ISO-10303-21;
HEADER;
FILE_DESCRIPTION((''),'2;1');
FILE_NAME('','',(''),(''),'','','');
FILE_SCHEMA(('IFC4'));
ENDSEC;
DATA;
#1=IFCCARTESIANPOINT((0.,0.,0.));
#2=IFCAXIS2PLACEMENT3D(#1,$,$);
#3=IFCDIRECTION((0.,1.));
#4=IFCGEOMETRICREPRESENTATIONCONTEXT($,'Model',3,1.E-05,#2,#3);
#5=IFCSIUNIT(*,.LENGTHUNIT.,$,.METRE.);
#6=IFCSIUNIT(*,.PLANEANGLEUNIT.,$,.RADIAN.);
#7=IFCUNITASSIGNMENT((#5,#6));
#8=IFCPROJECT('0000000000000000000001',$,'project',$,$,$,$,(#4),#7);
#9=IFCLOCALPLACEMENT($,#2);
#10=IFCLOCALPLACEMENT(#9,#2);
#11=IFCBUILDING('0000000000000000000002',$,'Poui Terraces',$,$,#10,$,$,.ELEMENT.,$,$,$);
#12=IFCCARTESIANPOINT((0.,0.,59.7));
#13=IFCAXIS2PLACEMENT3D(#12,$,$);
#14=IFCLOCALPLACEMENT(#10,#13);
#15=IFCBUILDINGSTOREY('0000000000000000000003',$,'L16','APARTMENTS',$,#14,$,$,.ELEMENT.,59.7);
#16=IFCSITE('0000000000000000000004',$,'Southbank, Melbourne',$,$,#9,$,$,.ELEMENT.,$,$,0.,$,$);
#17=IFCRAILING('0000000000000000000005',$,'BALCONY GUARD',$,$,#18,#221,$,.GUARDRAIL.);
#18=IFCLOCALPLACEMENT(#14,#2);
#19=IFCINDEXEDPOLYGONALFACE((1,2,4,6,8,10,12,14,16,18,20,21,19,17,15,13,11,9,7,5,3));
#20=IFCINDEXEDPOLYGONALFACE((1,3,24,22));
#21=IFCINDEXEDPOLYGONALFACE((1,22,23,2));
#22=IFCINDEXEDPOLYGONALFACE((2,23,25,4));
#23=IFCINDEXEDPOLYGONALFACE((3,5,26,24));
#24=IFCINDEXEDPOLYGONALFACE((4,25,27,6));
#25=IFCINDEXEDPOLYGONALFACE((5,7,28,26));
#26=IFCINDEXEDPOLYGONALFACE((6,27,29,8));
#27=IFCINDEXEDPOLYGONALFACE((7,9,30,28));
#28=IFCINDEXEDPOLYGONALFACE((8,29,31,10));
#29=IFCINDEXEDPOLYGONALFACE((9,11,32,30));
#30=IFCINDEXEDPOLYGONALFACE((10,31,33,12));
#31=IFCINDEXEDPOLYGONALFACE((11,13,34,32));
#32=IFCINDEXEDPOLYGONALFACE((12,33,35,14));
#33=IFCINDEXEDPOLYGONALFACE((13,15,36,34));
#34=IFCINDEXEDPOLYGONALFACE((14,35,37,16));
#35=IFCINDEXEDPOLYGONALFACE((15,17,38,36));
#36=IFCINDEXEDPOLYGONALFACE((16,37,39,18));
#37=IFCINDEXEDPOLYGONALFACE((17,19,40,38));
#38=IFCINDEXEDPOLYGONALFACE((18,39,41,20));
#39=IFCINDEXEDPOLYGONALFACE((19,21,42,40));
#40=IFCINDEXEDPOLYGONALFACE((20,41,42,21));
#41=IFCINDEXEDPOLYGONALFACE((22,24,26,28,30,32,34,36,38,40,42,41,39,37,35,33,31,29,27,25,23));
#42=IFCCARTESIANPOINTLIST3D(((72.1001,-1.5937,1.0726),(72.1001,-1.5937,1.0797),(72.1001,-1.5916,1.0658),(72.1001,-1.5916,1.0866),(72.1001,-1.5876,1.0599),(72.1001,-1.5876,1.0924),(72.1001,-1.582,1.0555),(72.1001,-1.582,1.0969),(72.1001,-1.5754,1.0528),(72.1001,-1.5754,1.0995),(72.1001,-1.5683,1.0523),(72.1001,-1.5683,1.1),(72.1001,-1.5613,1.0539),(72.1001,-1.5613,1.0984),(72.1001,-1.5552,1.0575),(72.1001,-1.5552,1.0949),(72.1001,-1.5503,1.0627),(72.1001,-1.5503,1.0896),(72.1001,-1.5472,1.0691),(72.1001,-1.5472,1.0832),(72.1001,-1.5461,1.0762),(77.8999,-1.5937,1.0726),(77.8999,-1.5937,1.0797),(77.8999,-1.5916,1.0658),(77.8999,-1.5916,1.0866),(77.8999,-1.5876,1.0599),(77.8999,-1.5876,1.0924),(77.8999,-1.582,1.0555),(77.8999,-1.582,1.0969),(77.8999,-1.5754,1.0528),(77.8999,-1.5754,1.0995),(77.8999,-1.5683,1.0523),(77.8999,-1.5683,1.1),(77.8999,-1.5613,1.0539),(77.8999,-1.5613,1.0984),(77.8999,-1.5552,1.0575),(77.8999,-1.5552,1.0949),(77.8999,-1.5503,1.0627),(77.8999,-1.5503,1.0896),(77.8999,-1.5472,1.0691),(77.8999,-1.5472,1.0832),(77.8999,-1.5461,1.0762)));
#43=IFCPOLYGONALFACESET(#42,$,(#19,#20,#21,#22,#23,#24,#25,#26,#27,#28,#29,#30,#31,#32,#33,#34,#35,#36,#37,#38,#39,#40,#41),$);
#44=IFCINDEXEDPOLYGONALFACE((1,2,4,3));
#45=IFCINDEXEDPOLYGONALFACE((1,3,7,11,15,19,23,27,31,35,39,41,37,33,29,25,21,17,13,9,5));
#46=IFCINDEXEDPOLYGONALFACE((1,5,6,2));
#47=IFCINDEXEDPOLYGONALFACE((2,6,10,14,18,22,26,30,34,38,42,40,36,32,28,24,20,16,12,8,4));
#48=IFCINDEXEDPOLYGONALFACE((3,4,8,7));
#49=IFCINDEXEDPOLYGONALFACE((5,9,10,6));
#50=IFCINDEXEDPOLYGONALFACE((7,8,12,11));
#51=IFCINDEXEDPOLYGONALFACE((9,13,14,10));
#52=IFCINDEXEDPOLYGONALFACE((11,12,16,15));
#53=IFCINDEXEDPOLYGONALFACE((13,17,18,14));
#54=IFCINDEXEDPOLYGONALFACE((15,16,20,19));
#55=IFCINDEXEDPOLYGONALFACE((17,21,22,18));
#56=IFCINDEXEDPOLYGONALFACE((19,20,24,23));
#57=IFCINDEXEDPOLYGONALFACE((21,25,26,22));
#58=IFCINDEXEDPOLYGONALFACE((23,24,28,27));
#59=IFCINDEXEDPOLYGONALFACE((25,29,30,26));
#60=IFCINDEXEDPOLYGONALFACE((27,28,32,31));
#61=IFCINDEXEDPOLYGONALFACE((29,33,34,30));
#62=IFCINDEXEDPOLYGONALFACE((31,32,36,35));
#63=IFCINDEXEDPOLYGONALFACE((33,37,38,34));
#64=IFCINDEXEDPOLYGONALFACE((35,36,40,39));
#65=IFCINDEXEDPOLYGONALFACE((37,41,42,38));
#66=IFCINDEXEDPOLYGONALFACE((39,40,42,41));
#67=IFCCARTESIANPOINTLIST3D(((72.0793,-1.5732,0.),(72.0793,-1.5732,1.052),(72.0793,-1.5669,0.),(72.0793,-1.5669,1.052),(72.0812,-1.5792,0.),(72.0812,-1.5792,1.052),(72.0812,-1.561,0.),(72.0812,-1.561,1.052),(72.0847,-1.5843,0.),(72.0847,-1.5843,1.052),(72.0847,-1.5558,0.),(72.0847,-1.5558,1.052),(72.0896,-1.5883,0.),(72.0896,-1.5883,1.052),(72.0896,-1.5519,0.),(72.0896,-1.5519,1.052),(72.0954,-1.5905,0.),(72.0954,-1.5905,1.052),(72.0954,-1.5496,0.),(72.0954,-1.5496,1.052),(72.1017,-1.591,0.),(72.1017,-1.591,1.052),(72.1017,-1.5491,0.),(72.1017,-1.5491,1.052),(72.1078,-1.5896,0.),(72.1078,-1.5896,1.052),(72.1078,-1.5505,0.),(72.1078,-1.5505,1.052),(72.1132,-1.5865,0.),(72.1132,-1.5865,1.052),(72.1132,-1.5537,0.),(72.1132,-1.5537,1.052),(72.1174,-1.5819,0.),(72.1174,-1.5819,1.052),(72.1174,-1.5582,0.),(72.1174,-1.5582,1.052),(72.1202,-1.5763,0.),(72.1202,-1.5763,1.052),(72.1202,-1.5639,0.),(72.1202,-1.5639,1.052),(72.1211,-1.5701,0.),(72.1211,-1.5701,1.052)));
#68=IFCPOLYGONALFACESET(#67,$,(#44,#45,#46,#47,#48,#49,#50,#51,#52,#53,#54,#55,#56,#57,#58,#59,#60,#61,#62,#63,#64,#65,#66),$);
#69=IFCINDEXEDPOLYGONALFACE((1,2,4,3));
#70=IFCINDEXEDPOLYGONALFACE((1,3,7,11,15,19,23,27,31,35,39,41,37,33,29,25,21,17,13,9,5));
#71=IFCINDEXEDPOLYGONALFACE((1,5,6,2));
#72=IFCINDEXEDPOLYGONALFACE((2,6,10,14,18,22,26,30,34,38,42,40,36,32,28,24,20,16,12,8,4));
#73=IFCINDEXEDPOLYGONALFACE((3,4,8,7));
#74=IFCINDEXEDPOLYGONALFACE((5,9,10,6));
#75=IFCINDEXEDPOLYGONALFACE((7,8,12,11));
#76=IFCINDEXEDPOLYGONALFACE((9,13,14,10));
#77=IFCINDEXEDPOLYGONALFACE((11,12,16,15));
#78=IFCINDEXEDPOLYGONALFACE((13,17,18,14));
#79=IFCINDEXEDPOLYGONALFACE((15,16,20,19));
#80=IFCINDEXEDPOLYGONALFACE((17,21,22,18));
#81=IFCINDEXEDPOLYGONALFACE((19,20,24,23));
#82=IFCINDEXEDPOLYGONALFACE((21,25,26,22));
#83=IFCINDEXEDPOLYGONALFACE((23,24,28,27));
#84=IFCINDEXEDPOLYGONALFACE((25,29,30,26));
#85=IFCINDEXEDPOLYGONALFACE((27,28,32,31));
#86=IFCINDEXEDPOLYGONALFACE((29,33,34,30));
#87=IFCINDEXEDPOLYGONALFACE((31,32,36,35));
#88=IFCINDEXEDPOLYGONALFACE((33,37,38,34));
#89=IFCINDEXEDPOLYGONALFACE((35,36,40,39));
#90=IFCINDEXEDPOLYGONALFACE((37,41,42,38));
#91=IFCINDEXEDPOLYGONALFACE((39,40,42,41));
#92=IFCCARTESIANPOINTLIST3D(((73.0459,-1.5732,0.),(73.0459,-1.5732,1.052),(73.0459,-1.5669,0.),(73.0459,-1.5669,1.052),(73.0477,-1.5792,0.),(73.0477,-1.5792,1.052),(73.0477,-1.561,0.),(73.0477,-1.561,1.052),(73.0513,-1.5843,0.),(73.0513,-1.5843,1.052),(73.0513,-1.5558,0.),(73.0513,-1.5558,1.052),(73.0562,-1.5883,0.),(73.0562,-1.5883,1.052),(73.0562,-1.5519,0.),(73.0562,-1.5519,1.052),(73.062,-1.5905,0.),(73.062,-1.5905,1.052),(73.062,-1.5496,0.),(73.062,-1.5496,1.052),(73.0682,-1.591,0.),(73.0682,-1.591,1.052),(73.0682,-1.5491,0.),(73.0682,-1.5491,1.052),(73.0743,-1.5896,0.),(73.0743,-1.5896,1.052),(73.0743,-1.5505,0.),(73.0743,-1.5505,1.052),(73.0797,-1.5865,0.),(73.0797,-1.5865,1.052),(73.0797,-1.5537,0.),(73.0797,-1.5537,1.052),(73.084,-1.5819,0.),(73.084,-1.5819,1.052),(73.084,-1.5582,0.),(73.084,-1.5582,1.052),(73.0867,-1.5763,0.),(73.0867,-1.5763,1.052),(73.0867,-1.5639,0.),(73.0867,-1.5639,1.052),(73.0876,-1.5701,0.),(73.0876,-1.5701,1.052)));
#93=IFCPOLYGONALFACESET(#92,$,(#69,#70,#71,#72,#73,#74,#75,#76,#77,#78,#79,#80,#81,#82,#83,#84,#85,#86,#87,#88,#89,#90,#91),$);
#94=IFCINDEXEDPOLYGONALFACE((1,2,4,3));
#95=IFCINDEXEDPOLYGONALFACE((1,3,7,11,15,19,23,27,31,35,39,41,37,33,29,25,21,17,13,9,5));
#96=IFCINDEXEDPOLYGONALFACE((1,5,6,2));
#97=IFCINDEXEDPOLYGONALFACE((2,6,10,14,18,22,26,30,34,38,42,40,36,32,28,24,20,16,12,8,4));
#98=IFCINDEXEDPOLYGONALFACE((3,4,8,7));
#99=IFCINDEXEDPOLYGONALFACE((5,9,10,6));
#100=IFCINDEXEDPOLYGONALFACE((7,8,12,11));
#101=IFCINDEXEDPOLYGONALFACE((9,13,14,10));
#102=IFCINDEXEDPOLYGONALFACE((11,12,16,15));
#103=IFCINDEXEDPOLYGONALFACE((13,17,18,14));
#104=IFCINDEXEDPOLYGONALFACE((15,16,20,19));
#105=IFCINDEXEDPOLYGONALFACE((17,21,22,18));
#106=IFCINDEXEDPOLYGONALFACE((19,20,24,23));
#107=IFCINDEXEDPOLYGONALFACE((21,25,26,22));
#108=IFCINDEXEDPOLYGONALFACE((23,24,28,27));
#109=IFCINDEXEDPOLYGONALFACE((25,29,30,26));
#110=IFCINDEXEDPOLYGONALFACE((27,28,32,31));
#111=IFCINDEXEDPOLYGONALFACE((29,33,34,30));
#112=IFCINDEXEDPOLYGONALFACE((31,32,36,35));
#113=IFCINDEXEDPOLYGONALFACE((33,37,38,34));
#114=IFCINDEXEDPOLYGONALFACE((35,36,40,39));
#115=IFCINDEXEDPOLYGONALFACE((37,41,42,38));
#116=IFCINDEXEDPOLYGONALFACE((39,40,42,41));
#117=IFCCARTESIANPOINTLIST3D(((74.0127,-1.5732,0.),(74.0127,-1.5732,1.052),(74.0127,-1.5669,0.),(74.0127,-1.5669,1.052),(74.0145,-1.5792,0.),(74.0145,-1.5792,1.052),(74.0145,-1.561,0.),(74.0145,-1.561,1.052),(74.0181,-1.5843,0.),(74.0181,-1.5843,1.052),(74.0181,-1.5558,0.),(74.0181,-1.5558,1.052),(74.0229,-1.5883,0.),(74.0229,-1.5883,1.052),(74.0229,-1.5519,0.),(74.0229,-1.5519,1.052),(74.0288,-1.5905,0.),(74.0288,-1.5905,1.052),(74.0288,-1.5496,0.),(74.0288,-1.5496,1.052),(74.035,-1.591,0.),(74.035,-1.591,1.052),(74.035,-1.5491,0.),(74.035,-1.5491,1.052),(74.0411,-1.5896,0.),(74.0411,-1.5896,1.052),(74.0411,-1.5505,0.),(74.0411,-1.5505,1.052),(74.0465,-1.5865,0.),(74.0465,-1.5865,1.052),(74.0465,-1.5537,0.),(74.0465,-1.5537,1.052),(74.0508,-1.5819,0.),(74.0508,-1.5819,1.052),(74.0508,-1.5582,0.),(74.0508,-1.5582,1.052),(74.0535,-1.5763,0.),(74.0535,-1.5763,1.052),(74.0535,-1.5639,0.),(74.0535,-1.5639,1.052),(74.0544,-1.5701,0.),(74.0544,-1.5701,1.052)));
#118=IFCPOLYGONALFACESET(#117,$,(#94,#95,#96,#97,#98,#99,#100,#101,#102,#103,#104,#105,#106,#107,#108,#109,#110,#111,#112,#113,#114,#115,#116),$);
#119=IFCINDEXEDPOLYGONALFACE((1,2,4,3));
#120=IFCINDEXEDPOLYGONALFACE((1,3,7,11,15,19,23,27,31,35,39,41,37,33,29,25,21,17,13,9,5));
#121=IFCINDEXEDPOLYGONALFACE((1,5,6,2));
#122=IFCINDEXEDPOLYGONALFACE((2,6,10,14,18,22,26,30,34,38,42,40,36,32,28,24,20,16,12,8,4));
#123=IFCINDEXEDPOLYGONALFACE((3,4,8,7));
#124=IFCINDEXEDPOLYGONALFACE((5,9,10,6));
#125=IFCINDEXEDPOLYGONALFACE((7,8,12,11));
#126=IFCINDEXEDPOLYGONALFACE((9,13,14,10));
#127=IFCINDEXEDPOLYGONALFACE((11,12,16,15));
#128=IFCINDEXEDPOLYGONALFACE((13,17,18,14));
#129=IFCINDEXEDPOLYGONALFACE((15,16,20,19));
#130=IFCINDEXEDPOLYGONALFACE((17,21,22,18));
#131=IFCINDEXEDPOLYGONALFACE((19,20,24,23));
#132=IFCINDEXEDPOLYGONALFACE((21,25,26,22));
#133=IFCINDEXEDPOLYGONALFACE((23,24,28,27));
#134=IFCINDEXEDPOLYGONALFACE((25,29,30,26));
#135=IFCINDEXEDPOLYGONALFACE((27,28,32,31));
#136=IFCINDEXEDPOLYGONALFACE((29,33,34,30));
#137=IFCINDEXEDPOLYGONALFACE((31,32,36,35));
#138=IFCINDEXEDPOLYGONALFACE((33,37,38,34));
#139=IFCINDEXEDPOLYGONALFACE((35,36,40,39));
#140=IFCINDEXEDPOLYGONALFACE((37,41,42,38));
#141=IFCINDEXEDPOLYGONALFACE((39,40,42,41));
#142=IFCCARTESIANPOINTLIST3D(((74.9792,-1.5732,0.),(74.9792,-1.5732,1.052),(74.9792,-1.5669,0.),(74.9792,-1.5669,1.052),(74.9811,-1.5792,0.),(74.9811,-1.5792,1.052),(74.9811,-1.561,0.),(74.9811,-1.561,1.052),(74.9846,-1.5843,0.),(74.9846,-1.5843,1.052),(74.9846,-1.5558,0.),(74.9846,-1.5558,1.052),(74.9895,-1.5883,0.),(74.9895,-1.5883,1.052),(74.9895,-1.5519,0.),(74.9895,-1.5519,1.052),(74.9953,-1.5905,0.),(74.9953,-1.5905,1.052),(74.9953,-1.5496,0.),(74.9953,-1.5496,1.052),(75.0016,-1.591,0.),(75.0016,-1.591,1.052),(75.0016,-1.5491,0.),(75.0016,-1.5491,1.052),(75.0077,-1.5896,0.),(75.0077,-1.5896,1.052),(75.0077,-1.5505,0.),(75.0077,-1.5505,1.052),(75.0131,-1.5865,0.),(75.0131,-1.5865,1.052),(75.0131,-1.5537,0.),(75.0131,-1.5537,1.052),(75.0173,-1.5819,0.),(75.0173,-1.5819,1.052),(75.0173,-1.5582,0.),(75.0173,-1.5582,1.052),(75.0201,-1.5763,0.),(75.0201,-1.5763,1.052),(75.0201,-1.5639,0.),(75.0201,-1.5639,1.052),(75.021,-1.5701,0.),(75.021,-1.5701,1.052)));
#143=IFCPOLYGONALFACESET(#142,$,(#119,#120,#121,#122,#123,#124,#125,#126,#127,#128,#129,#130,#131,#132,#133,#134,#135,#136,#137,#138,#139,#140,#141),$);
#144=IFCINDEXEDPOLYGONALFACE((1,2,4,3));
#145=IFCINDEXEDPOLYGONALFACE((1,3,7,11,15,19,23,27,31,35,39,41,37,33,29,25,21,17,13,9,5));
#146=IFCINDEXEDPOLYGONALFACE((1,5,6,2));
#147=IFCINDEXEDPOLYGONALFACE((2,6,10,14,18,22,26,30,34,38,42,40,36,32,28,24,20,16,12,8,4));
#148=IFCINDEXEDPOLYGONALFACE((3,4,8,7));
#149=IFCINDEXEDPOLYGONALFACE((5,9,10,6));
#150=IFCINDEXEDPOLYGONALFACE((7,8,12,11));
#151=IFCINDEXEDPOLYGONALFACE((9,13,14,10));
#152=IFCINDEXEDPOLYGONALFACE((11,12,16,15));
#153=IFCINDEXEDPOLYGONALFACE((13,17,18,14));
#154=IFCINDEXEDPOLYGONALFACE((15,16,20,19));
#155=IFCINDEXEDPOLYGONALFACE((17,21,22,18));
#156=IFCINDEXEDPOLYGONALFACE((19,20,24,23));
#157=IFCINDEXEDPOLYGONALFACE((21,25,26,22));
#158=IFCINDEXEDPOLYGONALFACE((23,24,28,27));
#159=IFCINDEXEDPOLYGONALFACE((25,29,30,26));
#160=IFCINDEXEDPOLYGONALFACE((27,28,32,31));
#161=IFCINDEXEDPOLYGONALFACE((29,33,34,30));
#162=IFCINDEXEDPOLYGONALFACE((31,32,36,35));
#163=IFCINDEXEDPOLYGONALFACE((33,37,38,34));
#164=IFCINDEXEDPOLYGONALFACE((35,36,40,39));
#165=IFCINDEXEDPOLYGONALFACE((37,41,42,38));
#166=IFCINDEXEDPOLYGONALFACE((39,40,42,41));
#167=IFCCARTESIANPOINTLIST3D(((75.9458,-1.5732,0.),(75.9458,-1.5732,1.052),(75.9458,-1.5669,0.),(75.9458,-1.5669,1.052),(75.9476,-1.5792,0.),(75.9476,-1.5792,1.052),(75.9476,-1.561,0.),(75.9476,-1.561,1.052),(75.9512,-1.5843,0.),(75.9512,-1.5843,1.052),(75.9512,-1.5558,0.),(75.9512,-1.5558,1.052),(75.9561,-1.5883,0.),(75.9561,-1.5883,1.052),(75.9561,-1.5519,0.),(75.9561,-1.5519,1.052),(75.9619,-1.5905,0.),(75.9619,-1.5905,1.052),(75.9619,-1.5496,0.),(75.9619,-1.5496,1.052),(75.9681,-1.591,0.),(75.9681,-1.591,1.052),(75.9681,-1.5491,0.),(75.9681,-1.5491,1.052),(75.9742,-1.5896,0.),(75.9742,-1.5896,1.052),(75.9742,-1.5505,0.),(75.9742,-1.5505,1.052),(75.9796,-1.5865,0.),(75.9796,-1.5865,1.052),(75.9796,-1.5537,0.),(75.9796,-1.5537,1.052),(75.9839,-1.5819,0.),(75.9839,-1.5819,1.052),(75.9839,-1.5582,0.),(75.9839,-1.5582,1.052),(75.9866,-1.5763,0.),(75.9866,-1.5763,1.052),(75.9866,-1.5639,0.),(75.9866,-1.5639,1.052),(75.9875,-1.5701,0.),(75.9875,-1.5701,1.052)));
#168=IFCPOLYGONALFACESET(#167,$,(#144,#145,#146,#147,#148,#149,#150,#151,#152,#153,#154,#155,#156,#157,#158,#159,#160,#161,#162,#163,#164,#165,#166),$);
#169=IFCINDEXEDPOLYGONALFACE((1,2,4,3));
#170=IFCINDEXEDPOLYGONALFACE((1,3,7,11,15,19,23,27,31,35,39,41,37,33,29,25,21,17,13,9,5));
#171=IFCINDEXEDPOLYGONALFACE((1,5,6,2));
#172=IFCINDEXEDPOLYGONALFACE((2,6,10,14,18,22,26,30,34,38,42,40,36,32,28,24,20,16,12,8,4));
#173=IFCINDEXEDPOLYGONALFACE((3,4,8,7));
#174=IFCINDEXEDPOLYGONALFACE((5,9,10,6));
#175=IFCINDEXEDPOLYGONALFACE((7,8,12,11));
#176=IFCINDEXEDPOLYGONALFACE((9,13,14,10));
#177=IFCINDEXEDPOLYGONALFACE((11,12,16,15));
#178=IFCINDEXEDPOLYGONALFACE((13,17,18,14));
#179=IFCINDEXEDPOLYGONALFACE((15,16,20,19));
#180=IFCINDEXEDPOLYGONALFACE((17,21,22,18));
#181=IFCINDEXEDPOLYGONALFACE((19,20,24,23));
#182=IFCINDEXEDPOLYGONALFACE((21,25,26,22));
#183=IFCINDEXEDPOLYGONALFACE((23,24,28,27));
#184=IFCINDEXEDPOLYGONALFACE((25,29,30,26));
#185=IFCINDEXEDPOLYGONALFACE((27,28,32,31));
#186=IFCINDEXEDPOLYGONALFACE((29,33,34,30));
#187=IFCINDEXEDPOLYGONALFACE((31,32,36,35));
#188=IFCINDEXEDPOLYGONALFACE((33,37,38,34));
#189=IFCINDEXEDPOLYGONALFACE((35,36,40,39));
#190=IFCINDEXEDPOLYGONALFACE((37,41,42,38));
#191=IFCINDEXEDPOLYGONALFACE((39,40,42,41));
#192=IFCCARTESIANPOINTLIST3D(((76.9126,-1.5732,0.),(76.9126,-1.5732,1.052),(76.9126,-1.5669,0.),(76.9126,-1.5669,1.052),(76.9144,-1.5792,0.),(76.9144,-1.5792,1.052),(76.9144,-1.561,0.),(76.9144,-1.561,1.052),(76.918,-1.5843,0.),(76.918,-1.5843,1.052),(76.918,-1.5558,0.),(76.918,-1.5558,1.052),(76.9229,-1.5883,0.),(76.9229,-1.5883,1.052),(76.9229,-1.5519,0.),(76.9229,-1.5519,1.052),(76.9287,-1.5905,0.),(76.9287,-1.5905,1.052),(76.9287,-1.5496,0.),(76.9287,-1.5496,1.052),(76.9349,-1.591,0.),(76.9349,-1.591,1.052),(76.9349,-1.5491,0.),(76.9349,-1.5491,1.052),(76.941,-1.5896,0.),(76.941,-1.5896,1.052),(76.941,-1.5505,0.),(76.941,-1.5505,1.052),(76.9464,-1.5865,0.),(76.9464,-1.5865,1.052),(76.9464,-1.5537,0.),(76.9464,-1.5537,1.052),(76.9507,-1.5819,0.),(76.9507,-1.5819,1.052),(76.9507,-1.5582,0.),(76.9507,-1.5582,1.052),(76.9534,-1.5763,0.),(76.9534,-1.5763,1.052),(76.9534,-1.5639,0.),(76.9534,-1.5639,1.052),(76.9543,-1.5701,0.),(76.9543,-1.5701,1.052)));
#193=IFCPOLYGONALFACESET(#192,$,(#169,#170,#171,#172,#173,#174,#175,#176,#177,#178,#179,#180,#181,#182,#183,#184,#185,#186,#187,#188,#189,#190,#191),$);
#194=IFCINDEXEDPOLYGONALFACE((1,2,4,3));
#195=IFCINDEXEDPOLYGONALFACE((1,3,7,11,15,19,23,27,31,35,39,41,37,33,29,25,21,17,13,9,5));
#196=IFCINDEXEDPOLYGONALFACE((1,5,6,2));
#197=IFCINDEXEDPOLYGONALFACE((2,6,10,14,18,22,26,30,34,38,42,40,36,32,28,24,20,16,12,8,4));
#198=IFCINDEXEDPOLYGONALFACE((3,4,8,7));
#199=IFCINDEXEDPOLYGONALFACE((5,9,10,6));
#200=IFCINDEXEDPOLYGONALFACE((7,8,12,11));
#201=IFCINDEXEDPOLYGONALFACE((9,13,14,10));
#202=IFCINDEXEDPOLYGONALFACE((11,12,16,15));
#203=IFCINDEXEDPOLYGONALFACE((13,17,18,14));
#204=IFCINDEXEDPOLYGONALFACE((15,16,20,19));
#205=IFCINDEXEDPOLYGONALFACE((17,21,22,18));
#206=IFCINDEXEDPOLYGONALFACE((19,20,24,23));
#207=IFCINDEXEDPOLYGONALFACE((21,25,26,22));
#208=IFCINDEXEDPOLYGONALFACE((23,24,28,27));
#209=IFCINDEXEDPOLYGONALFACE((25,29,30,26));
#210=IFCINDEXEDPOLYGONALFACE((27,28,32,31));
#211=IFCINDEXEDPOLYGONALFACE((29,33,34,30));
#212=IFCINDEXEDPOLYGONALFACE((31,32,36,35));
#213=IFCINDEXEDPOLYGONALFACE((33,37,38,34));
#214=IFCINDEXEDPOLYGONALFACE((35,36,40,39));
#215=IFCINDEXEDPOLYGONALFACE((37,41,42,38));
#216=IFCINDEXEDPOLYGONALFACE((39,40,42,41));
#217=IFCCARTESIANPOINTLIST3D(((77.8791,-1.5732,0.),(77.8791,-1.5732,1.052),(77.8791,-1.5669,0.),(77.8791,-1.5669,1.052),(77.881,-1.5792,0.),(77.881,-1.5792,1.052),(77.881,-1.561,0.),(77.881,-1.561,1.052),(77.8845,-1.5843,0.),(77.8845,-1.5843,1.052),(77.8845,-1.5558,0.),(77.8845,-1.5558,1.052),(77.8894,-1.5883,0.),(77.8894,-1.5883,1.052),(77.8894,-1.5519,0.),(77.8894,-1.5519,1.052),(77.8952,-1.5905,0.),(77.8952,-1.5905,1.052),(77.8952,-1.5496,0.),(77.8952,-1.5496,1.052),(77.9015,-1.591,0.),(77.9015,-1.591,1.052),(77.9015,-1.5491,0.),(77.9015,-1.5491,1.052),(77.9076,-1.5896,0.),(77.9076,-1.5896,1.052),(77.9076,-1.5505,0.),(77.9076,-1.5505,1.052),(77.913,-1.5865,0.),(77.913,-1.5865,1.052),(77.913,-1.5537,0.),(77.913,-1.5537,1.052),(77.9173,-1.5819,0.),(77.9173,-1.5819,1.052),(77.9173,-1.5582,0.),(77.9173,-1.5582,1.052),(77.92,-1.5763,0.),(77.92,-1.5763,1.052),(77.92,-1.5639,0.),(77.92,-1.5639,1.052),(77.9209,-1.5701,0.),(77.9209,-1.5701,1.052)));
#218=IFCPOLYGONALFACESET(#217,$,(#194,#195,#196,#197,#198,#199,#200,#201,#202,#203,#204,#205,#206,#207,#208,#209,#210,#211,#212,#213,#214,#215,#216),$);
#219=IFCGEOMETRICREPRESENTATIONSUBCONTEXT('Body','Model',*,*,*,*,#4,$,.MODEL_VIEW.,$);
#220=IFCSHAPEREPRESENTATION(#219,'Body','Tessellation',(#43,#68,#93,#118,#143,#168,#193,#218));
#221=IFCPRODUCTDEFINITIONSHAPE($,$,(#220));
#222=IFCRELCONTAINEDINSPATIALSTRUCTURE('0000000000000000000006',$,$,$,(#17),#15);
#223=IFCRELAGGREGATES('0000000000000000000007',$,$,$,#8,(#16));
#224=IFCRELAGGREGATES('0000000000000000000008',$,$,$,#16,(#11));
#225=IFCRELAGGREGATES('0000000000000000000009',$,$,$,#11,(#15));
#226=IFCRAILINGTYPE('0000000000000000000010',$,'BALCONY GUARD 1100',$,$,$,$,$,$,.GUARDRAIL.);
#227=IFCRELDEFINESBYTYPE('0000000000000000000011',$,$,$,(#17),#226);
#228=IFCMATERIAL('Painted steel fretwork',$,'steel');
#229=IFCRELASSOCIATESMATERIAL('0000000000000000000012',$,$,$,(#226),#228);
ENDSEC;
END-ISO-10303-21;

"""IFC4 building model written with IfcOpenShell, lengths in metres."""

from ifc_helpers import new_model, si_unit, direction, frame, origin, origin_2d, place, context, subcontext, project, spatial, circle, extrude, material, type_object, element, save


model = new_model("IFC4")

# Units and contexts
model_context = context("Model", 3, precision=1e-05, world=origin(), true_north=direction((0.0, 1.0)))
body_context = subcontext(model_context, "Body", "Model", "MODEL_VIEW")
ifc_project = project(units=[si_unit("LENGTHUNIT", "METRE"), si_unit("PLANEANGLEUNIT", "RADIAN")], contexts=[model_context])

# Site, building, storey
site_placement = place(None, origin())
site = spatial("IfcSite", under=ifc_project, at=site_placement, Name="Southbank, Melbourne", CompositionType="ELEMENT", RefElevation=0.0)
building_placement = place(site_placement, origin())
building = spatial("IfcBuilding", under=site, at=building_placement, Name="Poui Terraces", CompositionType="ELEMENT")
storey_placement = place(building_placement, frame((0.0, 0.0, 59.7)))
storey = spatial("IfcBuildingStorey", under=building, at=storey_placement, Name="L16", Description="APARTMENTS", CompositionType="ELEMENT", Elevation=59.7)

# Railing
ifc_material_1 = material(Name="Painted steel fretwork", Category="steel")
railing_type_1 = type_object("IfcRailingType", Name="BALCONY GUARD 1100", PredefinedType="GUARDRAIL", material=ifc_material_1)
railing_1_placement = place(storey_placement, frame((72.1001, -1.5701, 0.0)))
element("IfcRailing", 1, at=railing_1_placement, inside=storey, type_object=railing_type_1, Name="BALCONY GUARD", PredefinedType="GUARDRAIL", context=body_context, shape_type="SweptSolid", body=[
    extrude(circle(Radius=0.0239, at=origin_2d()), frame((0.0, 0.0, 1.0762), z_axis=(1.0, 0.0, 0.0), x_axis=(0.0, 1.0, 0.0)), (0.0, 0.0, 1.0), 5.7998),
    extrude(circle(Radius=0.021, at=origin_2d()), origin(), (0.0, 0.0, 1.0), 1.052),
    extrude(circle(Radius=0.021, at=origin_2d()), frame((0.9666, 0.0, 0.0)), (0.0, 0.0, 1.0), 1.052),
    extrude(circle(Radius=0.021, at=origin_2d()), frame((1.9333, 0.0, 0.0)), (0.0, 0.0, 1.0), 1.052),
    extrude(circle(Radius=0.021, at=origin_2d()), frame((2.8999, 0.0, 0.0)), (0.0, 0.0, 1.0), 1.052),
    extrude(circle(Radius=0.021, at=origin_2d()), frame((3.8665, 0.0, 0.0)), (0.0, 0.0, 1.0), 1.052),
    extrude(circle(Radius=0.021, at=origin_2d()), frame((4.8333, 0.0, 0.0)), (0.0, 0.0, 1.0), 1.052),
    extrude(circle(Radius=0.021, at=origin_2d()), frame((5.7998, 0.0, 0.0)), (0.0, 0.0, 1.0), 1.052),
])

save(model, "model.ifc")
